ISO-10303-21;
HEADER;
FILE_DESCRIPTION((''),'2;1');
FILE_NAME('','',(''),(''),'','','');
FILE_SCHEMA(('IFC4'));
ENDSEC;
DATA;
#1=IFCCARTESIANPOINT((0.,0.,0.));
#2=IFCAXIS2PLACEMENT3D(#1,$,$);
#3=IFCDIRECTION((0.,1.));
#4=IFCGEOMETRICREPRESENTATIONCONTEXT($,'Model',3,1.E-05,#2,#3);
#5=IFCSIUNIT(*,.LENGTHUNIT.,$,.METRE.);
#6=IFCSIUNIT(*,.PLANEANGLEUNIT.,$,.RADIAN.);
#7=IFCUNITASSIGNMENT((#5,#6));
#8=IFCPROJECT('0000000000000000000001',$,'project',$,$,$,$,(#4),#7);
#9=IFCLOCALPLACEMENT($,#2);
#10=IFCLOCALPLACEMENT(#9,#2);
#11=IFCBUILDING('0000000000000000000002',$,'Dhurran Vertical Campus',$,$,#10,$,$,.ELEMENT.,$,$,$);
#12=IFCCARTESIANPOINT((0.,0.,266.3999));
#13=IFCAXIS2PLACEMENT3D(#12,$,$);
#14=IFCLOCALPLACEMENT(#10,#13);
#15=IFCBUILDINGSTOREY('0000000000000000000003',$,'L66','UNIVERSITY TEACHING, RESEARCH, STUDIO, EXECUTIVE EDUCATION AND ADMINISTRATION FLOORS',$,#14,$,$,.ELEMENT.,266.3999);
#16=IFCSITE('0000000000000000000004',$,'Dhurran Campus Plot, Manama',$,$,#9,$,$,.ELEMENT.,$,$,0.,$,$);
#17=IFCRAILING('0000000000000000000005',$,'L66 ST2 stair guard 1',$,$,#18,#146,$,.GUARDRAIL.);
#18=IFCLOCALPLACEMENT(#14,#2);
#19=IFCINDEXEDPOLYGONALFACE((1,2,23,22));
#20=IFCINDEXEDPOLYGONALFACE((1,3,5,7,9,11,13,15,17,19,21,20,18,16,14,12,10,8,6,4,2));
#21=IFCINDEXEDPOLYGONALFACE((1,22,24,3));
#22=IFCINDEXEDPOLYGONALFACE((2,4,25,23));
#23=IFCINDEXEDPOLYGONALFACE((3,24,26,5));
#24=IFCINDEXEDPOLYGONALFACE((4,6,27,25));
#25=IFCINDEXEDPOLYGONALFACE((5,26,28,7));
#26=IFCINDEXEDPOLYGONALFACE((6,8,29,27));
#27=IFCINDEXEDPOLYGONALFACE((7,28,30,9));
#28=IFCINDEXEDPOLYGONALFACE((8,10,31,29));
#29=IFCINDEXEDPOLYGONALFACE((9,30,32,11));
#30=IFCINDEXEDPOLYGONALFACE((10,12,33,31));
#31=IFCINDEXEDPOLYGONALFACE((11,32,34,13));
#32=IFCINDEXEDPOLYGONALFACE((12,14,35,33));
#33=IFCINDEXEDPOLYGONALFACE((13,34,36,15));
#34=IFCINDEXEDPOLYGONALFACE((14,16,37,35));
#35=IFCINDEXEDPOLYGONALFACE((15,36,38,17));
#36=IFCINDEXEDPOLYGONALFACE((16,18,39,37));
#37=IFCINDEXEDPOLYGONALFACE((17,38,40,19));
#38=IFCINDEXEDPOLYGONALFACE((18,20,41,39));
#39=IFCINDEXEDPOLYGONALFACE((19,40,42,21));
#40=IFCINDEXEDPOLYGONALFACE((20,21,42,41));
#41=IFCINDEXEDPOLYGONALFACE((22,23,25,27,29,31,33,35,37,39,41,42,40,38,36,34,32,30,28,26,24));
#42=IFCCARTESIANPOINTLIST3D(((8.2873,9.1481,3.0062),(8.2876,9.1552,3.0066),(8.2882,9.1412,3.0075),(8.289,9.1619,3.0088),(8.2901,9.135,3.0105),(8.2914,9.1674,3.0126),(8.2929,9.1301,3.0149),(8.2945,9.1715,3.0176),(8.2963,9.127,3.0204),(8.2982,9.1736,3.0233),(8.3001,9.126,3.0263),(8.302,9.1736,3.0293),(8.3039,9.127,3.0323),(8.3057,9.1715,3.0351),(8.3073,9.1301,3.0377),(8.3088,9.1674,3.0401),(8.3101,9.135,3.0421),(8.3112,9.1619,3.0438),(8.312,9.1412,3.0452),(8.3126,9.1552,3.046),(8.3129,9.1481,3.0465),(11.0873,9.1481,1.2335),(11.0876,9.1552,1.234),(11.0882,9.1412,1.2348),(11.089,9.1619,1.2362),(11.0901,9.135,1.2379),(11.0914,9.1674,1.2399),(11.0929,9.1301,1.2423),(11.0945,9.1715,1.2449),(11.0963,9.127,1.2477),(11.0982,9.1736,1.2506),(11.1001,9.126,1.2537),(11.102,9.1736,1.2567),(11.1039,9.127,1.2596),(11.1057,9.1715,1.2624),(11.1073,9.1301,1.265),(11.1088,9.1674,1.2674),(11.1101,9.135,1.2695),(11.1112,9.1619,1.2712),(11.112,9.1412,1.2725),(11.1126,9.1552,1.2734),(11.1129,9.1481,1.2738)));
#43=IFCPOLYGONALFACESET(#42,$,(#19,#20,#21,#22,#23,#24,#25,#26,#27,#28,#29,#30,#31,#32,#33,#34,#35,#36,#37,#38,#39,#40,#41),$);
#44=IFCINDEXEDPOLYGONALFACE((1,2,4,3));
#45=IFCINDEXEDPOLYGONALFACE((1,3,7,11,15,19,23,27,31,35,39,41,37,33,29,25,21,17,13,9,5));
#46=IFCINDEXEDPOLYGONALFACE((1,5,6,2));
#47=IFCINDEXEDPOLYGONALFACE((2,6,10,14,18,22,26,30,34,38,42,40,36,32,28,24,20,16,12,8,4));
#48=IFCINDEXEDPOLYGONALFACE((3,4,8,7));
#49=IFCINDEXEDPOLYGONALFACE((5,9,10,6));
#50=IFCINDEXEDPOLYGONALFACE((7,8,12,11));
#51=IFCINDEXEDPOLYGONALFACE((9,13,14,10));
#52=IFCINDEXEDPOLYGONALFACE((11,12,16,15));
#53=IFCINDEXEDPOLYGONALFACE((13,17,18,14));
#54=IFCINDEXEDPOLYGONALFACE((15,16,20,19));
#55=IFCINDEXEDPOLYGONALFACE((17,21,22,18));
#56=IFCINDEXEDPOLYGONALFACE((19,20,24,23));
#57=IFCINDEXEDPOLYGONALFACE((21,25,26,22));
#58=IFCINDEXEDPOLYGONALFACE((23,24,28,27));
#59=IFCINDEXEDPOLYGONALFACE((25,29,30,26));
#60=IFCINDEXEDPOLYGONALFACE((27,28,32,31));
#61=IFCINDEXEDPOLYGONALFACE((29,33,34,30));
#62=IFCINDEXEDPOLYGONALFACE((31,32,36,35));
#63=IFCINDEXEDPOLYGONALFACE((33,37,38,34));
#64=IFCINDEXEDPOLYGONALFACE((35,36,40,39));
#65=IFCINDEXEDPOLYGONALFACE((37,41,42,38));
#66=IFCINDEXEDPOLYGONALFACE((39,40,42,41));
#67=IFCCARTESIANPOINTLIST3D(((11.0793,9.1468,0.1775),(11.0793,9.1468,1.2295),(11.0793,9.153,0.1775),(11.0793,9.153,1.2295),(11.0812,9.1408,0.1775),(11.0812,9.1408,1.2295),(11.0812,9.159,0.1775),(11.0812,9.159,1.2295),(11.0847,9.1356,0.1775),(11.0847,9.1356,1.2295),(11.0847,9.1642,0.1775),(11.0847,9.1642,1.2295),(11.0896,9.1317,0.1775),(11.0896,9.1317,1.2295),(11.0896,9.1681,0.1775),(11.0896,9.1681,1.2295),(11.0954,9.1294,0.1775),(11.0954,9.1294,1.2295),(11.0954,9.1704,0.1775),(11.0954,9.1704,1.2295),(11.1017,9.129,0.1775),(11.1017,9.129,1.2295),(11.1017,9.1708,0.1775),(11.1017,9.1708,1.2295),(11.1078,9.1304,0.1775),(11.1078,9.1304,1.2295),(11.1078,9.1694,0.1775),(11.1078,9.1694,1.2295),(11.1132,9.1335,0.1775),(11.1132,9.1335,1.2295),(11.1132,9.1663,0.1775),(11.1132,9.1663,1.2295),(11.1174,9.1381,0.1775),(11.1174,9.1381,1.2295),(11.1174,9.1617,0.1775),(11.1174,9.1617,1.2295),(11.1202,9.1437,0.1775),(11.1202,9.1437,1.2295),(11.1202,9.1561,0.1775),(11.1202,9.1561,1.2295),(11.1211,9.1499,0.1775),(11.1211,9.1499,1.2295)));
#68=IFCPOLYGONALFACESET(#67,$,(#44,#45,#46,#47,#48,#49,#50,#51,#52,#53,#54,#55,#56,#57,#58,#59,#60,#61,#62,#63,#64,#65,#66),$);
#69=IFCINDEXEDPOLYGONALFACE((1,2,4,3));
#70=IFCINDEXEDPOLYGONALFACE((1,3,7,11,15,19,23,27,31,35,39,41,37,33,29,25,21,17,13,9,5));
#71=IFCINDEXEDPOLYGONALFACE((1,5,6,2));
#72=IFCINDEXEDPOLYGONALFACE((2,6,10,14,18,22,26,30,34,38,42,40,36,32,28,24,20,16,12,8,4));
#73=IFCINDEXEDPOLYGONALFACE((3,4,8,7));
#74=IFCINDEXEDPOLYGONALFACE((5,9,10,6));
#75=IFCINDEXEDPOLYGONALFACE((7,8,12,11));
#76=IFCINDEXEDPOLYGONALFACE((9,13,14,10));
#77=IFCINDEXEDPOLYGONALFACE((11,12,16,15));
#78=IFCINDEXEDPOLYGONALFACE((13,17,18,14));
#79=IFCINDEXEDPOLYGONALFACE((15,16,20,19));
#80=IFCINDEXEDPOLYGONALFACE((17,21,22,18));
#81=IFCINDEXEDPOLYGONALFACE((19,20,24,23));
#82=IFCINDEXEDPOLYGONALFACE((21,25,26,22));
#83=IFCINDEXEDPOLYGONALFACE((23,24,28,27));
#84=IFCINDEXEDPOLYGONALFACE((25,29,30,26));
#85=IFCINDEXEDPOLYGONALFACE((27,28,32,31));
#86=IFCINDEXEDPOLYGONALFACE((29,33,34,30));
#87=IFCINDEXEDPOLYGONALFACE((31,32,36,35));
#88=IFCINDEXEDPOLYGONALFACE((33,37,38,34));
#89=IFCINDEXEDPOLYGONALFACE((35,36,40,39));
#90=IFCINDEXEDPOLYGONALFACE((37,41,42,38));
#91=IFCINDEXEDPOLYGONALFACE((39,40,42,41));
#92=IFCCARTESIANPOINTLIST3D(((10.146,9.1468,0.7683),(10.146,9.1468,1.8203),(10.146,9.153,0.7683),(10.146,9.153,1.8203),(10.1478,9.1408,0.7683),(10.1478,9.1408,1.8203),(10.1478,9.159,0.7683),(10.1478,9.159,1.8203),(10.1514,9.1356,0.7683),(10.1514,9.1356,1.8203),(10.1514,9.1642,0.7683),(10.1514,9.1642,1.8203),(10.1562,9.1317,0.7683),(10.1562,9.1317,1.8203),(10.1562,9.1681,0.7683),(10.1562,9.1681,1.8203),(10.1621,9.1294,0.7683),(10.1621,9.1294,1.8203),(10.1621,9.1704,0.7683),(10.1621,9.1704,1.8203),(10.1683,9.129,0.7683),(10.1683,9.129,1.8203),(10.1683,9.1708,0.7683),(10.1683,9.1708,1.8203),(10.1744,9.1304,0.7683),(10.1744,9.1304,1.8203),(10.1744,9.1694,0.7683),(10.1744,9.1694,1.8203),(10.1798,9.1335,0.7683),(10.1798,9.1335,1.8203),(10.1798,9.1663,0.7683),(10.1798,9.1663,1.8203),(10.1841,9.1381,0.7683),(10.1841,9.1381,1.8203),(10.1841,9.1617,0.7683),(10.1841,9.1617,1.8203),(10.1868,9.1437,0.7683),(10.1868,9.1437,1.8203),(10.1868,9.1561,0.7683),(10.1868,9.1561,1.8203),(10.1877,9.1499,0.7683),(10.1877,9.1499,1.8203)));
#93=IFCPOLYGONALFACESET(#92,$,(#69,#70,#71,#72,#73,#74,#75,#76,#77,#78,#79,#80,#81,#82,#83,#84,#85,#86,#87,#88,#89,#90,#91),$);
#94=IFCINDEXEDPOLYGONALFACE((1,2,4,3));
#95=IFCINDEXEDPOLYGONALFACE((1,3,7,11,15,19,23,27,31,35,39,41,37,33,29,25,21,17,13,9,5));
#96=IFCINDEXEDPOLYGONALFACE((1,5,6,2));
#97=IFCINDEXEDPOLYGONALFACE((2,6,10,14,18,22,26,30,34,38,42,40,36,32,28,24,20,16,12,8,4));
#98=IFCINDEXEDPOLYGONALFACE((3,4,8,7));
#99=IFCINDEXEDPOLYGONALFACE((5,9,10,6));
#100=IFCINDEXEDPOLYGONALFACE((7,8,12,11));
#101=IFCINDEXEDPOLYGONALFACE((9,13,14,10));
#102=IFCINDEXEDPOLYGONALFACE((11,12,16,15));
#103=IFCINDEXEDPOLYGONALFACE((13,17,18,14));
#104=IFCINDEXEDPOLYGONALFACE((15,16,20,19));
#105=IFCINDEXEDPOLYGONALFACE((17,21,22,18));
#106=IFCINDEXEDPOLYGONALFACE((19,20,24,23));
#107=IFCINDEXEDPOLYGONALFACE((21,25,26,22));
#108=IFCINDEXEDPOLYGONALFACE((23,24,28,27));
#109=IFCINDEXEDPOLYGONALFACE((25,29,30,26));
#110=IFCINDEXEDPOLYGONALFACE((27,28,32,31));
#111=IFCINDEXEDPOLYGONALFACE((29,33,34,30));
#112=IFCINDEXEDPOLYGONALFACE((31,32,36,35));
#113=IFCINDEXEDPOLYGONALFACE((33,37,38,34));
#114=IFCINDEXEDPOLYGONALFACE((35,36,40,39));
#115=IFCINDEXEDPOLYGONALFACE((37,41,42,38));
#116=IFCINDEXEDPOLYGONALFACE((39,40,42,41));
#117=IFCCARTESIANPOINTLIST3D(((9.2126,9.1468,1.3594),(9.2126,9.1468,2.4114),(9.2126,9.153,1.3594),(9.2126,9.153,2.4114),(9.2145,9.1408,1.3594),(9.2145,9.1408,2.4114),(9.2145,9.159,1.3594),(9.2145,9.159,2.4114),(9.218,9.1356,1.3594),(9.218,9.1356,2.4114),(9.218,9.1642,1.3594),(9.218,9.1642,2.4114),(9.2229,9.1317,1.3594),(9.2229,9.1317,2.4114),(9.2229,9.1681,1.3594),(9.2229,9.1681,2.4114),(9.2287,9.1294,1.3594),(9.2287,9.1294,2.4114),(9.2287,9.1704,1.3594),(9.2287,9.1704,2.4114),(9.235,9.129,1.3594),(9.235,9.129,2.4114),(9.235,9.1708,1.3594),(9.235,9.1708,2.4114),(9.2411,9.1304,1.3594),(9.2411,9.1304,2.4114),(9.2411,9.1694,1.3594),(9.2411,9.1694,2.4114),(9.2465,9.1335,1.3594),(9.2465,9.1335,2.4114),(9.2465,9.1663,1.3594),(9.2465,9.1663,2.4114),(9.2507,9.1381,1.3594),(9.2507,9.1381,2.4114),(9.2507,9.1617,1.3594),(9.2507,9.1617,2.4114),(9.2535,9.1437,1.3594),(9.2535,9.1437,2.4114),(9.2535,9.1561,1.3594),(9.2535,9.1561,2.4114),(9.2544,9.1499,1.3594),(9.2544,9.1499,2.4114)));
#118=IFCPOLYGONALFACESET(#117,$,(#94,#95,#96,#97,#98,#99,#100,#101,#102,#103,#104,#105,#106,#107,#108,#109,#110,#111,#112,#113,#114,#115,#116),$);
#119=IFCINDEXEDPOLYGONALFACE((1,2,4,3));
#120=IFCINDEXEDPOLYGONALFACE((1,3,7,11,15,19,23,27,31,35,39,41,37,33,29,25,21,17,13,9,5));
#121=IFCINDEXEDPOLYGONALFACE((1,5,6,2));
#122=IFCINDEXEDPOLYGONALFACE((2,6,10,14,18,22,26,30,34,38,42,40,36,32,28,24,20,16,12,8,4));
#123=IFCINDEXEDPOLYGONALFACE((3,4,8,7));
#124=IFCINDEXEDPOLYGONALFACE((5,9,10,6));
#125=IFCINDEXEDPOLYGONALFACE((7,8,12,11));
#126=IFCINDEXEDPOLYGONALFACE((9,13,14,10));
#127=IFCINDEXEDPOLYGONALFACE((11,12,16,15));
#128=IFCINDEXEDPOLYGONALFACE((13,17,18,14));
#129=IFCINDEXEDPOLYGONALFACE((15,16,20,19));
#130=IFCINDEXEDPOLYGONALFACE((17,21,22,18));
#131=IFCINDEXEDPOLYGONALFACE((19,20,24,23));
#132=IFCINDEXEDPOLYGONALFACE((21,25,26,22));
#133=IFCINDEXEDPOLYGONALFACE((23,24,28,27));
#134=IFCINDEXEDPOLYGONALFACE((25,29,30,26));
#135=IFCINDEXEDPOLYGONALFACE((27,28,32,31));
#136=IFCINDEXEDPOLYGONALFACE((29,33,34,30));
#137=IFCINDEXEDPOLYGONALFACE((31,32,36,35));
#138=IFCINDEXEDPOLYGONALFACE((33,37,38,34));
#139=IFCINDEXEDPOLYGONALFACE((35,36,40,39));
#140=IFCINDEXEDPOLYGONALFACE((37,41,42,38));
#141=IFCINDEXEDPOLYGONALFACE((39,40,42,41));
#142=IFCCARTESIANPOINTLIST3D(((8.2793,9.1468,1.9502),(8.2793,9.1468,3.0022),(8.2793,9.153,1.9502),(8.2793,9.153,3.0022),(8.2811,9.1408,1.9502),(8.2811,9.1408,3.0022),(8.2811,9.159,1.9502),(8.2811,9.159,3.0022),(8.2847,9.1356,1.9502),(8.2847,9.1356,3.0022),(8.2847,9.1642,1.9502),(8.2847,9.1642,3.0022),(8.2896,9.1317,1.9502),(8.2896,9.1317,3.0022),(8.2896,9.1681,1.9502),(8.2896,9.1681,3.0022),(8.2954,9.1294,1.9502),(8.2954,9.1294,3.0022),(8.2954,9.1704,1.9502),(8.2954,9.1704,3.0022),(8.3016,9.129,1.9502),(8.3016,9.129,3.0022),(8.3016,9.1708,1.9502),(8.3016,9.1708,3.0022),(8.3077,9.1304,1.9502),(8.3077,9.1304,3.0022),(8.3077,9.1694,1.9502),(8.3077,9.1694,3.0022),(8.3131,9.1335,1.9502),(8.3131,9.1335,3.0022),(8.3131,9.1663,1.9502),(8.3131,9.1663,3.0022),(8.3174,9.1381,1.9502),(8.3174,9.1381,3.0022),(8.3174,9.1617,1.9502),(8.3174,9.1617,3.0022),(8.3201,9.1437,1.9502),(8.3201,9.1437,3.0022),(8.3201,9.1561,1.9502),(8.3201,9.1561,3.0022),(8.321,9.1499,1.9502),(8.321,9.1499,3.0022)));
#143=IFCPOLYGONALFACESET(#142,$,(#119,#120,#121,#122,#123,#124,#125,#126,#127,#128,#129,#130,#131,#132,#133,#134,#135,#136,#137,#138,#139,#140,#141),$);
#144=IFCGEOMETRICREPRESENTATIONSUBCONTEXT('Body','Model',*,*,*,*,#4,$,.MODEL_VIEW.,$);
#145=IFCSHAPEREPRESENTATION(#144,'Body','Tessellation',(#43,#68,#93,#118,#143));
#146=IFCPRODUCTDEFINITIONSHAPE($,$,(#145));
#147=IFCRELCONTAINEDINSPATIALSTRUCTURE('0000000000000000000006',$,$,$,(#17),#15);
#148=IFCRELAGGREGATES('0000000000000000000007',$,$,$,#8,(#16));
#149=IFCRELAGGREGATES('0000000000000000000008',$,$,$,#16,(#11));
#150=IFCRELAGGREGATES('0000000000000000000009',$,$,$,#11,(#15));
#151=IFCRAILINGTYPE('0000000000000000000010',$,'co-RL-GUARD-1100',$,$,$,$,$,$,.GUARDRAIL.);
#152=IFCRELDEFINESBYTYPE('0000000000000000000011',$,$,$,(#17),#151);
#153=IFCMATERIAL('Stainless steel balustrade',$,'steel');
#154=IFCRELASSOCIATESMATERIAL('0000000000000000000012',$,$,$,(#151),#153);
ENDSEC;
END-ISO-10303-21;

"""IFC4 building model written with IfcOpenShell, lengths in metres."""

from ifc_helpers import new_model, si_unit, direction, frame, origin, origin_2d, place, context, subcontext, project, spatial, circle, extrude, material, type_object, element, save


model = new_model("IFC4")

# Units and contexts
model_context = context("Model", 3, precision=1e-05, world=origin(), true_north=direction((0.0, 1.0)))
body_context = subcontext(model_context, "Body", "Model", "MODEL_VIEW")
ifc_project = project(units=[si_unit("LENGTHUNIT", "METRE"), si_unit("PLANEANGLEUNIT", "RADIAN")], contexts=[model_context])

# Site, building, storey
site_placement = place(None, origin())
site = spatial("IfcSite", under=ifc_project, at=site_placement, Name="Dhurran Campus Plot, Manama", CompositionType="ELEMENT", RefElevation=0.0)
building_placement = place(site_placement, origin())
building = spatial("IfcBuilding", under=site, at=building_placement, Name="Dhurran Vertical Campus", CompositionType="ELEMENT")
storey_placement = place(building_placement, frame((0.0, 0.0, 266.3999)))
storey = spatial("IfcBuildingStorey", under=building, at=storey_placement, Name="L66", Description="UNIVERSITY TEACHING, RESEARCH, STUDIO, EXECUTIVE EDUCATION AND ADMINISTRATION FLOORS", CompositionType="ELEMENT", Elevation=266.3999)

# Railing
ifc_material_1 = material(Name="Stainless steel balustrade", Category="steel")
railing_type_1 = type_object("IfcRailingType", Name="co-RL-GUARD-1100", PredefinedType="GUARDRAIL", material=ifc_material_1)
railing_1_placement = place(storey_placement, frame((11.1001, 9.1499, 0.1775)))
element("IfcRailing", 1, at=railing_1_placement, inside=storey, type_object=railing_type_1, Name="L66 ST2 stair guard 1", PredefinedType="GUARDRAIL", context=body_context, shape_type="SweptSolid", body=[
    extrude(circle(Radius=0.0239, at=origin_2d()), frame((0.0, 0.0, 1.0762), z_axis=(-0.844909, 0.0, 0.53491), x_axis=(0.0, -1.0, 0.0)), (0.0, 0.0, 1.0), 3.314),
    extrude(circle(Radius=0.021, at=origin_2d()), origin(), (0.0, 0.0, 1.0), 1.052),
    extrude(circle(Radius=0.021, at=origin_2d()), frame((-0.9333, 0.0, 0.5908)), (0.0, 0.0, 1.0), 1.052),
    extrude(circle(Radius=0.021, at=origin_2d()), frame((-1.8667, 0.0, 1.1819)), (0.0, 0.0, 1.0), 1.052),
    extrude(circle(Radius=0.021, at=origin_2d()), frame((-2.8, 0.0, 1.7727)), (0.0, 0.0, 1.0), 1.052),
])

save(model, "model.ifc")
